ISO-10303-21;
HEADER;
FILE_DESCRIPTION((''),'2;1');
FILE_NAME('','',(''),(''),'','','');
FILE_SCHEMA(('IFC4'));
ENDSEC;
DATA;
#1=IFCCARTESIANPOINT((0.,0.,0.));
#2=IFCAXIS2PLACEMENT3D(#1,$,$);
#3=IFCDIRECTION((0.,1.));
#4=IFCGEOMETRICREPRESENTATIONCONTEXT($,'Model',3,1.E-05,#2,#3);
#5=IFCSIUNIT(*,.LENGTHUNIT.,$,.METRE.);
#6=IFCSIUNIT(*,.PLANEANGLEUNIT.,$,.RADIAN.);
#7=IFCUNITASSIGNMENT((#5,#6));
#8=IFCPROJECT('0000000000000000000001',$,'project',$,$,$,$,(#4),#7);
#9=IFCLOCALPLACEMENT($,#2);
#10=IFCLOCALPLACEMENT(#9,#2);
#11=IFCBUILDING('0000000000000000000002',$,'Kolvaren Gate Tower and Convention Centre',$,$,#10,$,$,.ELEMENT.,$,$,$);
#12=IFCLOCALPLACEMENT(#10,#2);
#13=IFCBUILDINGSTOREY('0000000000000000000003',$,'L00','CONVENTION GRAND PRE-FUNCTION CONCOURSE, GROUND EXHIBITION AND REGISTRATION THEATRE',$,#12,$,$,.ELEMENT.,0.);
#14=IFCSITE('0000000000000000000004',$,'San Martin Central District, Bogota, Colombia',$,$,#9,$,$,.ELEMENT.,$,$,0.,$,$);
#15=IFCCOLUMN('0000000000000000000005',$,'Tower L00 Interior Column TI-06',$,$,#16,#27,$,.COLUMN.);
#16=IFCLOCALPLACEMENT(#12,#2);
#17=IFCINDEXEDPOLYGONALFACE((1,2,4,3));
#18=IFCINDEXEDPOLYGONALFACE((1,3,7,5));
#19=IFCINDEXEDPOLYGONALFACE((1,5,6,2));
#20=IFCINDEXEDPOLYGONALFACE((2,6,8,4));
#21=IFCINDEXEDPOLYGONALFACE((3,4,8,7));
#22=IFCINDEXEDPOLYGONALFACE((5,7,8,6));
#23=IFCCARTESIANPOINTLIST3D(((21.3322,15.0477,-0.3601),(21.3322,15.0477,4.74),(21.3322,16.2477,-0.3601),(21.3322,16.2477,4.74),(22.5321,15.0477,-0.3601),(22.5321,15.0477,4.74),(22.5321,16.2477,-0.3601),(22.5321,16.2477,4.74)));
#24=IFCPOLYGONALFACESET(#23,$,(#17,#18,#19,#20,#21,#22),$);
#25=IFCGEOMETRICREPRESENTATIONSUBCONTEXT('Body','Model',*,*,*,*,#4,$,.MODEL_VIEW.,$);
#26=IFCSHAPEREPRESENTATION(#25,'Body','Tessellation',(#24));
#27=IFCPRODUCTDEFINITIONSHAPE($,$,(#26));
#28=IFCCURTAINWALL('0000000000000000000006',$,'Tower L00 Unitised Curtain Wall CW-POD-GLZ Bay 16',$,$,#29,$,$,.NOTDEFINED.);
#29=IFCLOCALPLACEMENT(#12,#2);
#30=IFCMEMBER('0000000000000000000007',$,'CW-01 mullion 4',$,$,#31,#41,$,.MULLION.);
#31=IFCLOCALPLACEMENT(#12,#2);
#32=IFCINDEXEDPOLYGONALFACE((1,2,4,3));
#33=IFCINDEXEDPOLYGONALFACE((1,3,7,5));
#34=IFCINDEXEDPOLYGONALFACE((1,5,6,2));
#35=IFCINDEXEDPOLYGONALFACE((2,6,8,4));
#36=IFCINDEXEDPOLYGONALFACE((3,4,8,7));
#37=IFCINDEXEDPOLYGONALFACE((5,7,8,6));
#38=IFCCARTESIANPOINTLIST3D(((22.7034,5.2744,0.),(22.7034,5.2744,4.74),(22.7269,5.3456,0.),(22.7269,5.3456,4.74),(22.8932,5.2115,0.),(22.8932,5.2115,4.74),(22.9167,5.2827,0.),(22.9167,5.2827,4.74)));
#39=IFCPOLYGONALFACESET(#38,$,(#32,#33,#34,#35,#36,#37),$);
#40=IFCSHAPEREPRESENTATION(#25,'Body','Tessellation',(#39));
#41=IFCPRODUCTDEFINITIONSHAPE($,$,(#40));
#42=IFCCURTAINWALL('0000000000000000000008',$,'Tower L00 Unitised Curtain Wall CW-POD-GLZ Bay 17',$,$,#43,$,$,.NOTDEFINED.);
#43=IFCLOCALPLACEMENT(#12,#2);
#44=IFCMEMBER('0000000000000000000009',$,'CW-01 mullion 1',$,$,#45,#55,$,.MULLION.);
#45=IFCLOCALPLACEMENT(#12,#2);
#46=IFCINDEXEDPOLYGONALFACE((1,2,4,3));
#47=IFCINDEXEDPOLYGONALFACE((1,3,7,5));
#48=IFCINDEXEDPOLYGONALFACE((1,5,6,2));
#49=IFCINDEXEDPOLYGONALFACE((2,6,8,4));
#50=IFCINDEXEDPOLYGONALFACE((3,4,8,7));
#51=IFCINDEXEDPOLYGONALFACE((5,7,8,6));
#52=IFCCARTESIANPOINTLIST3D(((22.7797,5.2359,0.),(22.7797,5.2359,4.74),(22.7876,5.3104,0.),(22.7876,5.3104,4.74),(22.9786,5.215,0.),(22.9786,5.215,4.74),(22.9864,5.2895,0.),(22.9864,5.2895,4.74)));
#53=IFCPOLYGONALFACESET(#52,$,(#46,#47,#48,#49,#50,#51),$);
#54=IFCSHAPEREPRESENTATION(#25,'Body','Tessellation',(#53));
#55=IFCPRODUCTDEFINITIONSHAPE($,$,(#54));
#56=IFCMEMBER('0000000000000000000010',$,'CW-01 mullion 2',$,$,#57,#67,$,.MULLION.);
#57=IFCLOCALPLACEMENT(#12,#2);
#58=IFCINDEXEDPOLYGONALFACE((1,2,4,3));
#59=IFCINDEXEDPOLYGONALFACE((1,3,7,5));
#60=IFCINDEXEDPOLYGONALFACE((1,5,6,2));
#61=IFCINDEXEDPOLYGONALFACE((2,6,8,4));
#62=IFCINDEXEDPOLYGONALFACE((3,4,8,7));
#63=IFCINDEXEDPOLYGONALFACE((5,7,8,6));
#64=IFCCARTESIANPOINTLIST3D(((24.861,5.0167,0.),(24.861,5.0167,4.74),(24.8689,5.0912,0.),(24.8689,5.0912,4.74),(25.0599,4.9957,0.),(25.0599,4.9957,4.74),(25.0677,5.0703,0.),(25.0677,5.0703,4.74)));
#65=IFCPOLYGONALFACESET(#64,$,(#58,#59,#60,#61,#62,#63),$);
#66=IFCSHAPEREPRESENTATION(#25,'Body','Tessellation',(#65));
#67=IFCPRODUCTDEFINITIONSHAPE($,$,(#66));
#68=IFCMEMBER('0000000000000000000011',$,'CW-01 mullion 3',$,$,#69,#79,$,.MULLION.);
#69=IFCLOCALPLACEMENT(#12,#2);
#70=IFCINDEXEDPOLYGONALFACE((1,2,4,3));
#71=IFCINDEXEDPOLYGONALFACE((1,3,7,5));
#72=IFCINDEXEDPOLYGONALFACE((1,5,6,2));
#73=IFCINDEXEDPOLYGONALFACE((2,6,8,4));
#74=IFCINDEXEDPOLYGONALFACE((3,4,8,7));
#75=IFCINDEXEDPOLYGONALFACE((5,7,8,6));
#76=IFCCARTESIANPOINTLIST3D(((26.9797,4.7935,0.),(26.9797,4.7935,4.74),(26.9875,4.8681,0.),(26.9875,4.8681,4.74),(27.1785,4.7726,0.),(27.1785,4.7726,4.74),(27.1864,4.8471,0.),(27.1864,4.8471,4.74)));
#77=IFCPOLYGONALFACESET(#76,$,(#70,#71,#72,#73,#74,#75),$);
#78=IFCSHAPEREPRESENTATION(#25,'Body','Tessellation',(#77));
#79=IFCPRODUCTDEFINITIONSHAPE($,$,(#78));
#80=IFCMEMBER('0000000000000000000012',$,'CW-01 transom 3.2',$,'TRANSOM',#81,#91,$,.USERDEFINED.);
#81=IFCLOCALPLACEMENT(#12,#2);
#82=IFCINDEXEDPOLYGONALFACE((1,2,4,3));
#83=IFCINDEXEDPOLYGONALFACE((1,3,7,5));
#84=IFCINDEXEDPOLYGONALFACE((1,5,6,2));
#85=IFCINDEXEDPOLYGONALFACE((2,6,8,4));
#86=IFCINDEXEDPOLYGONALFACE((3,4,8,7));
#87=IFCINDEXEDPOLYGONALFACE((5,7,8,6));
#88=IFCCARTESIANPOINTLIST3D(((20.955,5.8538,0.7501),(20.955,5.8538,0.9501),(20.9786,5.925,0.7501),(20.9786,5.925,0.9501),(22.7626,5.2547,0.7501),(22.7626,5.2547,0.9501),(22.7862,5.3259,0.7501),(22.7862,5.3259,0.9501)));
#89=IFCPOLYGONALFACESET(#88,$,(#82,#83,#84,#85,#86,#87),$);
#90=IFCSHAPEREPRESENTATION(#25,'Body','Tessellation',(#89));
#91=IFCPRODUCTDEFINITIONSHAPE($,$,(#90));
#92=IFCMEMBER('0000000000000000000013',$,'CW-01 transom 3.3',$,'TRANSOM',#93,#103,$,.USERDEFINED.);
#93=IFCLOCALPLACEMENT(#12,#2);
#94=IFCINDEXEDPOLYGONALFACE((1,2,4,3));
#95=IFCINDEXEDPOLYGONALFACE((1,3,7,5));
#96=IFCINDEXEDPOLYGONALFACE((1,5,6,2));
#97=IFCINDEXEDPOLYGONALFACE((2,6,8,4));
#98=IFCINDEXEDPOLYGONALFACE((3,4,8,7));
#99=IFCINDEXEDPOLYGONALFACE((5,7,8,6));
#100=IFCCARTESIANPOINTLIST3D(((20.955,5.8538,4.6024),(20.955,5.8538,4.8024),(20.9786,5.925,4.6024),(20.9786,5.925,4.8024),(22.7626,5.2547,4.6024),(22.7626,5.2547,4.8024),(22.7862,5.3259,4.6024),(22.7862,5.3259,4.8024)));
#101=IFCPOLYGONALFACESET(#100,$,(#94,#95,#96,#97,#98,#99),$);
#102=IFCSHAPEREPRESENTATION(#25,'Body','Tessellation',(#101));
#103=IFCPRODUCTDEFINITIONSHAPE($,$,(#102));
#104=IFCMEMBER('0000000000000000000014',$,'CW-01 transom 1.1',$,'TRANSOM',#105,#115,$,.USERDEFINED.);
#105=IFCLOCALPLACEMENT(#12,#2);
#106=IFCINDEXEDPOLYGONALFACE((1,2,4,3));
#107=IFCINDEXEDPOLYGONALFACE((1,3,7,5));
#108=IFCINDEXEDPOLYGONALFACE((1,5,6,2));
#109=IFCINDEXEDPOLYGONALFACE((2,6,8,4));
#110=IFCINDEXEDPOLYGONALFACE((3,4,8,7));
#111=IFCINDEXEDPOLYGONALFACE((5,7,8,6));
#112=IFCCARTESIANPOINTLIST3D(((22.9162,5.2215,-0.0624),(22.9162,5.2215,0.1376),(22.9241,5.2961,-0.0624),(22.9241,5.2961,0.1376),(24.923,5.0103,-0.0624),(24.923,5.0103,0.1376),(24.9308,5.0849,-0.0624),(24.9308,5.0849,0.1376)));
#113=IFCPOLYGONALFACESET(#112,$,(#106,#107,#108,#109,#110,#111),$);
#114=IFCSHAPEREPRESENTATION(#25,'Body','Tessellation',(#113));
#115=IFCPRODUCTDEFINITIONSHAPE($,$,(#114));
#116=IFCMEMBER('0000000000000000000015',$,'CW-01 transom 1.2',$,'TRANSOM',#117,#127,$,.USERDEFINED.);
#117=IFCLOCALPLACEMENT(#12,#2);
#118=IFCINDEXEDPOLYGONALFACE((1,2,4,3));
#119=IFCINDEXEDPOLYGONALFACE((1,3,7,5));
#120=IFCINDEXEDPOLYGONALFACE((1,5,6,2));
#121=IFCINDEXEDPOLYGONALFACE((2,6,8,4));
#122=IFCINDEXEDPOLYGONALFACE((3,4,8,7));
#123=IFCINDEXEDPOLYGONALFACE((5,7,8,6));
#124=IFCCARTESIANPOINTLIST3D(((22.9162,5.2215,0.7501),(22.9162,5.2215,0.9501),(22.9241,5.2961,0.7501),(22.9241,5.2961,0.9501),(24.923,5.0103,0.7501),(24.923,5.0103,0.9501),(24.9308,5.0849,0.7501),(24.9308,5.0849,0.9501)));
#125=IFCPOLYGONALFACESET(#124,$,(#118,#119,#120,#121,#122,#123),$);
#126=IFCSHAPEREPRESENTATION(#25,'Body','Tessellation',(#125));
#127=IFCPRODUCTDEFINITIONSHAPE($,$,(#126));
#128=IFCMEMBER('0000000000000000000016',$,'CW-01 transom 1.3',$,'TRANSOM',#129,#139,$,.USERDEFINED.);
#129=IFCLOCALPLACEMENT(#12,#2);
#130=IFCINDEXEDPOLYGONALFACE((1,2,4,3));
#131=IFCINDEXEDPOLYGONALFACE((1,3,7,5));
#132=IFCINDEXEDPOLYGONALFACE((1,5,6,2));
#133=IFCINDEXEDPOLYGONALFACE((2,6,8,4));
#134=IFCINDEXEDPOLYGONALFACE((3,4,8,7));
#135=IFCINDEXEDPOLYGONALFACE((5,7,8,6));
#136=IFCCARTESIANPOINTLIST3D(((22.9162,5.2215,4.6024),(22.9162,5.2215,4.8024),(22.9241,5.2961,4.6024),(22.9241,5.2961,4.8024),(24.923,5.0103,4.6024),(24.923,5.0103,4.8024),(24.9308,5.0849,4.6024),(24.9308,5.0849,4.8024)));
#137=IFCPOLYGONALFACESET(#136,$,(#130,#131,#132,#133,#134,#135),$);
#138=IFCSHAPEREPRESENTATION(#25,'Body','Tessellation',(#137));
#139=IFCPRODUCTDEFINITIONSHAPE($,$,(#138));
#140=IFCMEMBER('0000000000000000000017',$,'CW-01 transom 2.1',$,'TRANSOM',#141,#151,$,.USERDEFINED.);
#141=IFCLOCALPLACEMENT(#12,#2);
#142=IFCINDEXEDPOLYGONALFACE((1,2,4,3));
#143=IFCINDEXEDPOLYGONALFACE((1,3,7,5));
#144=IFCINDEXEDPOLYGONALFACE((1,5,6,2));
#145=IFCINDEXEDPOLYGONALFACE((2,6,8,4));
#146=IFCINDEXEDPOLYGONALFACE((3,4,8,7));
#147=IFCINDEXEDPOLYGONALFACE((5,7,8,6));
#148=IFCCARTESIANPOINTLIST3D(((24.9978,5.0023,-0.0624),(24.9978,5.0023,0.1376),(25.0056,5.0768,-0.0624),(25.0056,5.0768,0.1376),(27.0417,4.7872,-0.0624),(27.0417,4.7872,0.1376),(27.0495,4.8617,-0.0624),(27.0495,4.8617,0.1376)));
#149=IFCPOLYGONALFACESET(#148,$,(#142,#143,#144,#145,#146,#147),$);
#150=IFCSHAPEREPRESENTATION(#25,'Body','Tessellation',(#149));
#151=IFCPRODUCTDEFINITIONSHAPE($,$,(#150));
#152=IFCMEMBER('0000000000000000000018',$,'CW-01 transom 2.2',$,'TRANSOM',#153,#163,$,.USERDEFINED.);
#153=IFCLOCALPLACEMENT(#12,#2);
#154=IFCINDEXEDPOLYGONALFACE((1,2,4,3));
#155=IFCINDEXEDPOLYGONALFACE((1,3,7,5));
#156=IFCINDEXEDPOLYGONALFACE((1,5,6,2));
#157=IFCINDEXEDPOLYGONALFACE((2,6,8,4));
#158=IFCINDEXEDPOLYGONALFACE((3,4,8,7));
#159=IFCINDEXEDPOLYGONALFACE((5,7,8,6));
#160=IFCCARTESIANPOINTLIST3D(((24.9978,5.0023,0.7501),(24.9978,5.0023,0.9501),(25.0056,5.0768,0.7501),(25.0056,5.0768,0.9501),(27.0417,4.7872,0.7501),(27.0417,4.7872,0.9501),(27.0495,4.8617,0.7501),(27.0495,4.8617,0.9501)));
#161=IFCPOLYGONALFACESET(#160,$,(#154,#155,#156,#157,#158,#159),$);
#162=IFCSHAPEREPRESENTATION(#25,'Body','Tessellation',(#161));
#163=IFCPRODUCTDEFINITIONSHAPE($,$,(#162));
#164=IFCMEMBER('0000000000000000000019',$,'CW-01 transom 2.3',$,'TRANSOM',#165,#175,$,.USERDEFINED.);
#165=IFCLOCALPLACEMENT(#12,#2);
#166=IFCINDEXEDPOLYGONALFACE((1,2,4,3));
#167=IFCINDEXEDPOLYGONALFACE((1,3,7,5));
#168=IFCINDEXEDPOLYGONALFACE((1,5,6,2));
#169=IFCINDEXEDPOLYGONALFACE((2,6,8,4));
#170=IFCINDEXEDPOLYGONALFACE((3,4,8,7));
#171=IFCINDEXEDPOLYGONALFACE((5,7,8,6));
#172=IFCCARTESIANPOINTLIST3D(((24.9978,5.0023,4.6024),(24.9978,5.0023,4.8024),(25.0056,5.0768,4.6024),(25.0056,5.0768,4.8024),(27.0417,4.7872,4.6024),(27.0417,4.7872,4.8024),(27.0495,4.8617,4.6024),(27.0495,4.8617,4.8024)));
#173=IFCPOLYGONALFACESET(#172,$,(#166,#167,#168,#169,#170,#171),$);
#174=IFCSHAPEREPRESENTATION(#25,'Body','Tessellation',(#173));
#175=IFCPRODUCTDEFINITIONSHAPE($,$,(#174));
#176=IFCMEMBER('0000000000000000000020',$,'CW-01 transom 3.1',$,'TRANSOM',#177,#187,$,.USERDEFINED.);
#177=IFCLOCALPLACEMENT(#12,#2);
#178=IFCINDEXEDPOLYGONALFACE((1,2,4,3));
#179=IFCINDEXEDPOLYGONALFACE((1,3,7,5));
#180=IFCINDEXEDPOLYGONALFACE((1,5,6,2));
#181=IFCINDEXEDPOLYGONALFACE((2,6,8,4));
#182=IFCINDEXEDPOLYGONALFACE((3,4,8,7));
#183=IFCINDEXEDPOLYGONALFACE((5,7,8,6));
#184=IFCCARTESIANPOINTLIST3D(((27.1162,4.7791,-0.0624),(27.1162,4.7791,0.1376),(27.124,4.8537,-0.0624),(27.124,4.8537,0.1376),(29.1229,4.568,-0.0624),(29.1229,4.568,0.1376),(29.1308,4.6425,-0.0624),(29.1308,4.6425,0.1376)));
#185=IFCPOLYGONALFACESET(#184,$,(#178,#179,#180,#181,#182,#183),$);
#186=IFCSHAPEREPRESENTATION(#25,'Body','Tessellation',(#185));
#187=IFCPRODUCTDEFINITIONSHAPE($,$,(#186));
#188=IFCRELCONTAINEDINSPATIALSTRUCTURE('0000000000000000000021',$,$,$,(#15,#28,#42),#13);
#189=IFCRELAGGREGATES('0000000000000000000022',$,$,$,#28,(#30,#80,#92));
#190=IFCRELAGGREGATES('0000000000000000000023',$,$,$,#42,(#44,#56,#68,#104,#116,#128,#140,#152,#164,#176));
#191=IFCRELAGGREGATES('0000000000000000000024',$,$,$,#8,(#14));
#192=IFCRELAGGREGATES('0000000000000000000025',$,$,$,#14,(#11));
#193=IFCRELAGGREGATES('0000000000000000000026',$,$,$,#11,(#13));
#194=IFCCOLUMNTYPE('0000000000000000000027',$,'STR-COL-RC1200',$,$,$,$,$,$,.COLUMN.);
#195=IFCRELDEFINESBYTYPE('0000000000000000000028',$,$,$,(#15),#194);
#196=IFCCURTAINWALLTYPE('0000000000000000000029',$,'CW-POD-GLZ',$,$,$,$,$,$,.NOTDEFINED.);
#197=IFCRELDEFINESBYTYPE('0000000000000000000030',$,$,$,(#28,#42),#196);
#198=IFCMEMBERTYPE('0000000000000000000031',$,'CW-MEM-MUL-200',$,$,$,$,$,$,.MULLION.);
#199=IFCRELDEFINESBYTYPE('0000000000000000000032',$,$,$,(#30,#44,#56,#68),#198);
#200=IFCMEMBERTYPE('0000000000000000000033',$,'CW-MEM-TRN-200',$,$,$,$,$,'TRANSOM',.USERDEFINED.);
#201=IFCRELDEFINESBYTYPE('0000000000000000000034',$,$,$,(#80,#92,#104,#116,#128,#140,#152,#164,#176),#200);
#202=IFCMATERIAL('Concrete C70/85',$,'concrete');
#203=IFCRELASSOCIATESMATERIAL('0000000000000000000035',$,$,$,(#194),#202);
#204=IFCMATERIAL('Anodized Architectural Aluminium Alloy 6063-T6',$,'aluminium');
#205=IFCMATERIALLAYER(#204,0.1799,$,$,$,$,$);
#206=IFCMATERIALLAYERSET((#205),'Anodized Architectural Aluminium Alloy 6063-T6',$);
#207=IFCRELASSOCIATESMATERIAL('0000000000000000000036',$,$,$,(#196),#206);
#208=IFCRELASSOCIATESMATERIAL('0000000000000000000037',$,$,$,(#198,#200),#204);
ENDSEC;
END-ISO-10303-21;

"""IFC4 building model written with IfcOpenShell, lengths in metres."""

from ifc_helpers import new_model, si_unit, direction, frame, origin, origin_2d, place, context, subcontext, project, spatial, rectangle, extrude, material, layer, layer_set, material_profile, profile_set, type_object, element, aggregate, save


model = new_model("IFC4")

# Units and contexts
model_context = context("Model", 3, precision=1e-05, world=origin(), true_north=direction((0.0, 1.0)))
body_context = subcontext(model_context, "Body", "Model", "MODEL_VIEW")
ifc_project = project(units=[si_unit("LENGTHUNIT", "METRE"), si_unit("PLANEANGLEUNIT", "RADIAN")], contexts=[model_context])

# Site, building, storey
site_placement = place(None, origin())
site = spatial("IfcSite", under=ifc_project, at=site_placement, Name="San Martin Central District, Bogota, Colombia", CompositionType="ELEMENT", RefElevation=0.0)
building_placement = place(site_placement, origin())
building = spatial("IfcBuilding", under=site, at=building_placement, Name="Kolvaren Gate Tower and Convention Centre", CompositionType="ELEMENT")
storey_placement = place(building_placement, origin())
storey = spatial("IfcBuildingStorey", under=building, at=storey_placement, Name="L00", Description="CONVENTION GRAND PRE-FUNCTION CONCOURSE, GROUND EXHIBITION AND REGISTRATION THEATRE", CompositionType="ELEMENT", Elevation=0.0)

# Column
ifc_material_1 = material(Name="Concrete C70/85", Category="concrete")
ifc_material_profile_1 = material_profile(ifc_material_1, rectangle(XDim=1.2, YDim=1.2, at=origin_2d()), Name="RC-COL-1200X1200")
ifc_profile_set_1 = profile_set([ifc_material_profile_1], Name="Concrete C70/85")
column_type = type_object("IfcColumnType", Name="STR-COL-RC1200", PredefinedType="COLUMN", material=ifc_profile_set_1)
column_placement = place(storey_placement, frame((21.9321, 15.6477, -0.3601), z_axis=(0.0, 0.0, 1.0), x_axis=(1.0, 0.0, 0.0)))
element("IfcColumn", 1, at=column_placement, inside=storey, type_object=column_type, Name="Tower L00 Interior Column TI-06", PredefinedType="COLUMN", context=body_context, shape_type="SweptSolid", body=[
    extrude(rectangle(XDim=1.2, YDim=1.2, at=origin_2d()), origin(), (0.0, 0.0, 1.0), 5.1001),
])

# Curtain wall, member
ifc_material_2 = material(Name="Anodized Architectural Aluminium Alloy 6063-T6", Category="aluminium")
ifc_layer_1 = layer(ifc_material_2, 0.1799)
ifc_layer_set_1 = layer_set([ifc_layer_1], Name="Anodized Architectural Aluminium Alloy 6063-T6")
curtain_wall_type = type_object("IfcCurtainWallType", Name="CW-POD-GLZ", PredefinedType="NOTDEFINED", material=ifc_layer_set_1)
curtain_wall_1_placement = place(storey_placement, origin())
curtain_wall_1 = element("IfcCurtainWall", 2, at=curtain_wall_1_placement, inside=storey, type_object=curtain_wall_type, Name="Tower L00 Unitised Curtain Wall CW-POD-GLZ Bay 16", PredefinedType="NOTDEFINED")
ifc_material_profile_2 = material_profile(ifc_material_2, rectangle(XDim=0.075, YDim=0.2, at=origin_2d()), Name="CW-MEM-MUL-200")
ifc_profile_set_2 = profile_set([ifc_material_profile_2], Name="Anodized Architectural Aluminium Alloy 6063-T6")
member_type_1 = type_object("IfcMemberType", Name="CW-MEM-MUL-200", PredefinedType="MULLION", material=ifc_profile_set_2)
member_1_placement = place(storey_placement, frame((22.8101, 5.2786, 0.0), z_axis=(0.0, 0.0, 1.0), x_axis=(0.314547, 0.949242, 0.0)))
member_1 = element("IfcMember", 3, at=member_1_placement, type_object=member_type_1, Name="CW-01 mullion 4", PredefinedType="MULLION", context=body_context, shape_type="SweptSolid", body=[
    extrude(rectangle(XDim=0.075, YDim=0.2, at=origin_2d()), origin(), (0.0, 0.0, 1.0), 4.74),
])

# Curtain wall, members
curtain_wall_2_placement = place(storey_placement, origin())
curtain_wall_2 = element("IfcCurtainWall", 4, at=curtain_wall_2_placement, inside=storey, type_object=curtain_wall_type, Name="Tower L00 Unitised Curtain Wall CW-POD-GLZ Bay 17", PredefinedType="NOTDEFINED")
member_2_placement = place(storey_placement, frame((22.8831, 5.2627, 0.0), z_axis=(0.0, 0.0, 1.0), x_axis=(0.104742, 0.994499, 0.0)))
member_2 = element("IfcMember", 5, at=member_2_placement, type_object=member_type_1, Name="CW-01 mullion 1", PredefinedType="MULLION", context=body_context, shape_type="SweptSolid", body=[
    extrude(rectangle(XDim=0.075, YDim=0.2, at=origin_2d()), origin(), (0.0, 0.0, 1.0), 4.74),
])
member_3_placement = place(storey_placement, frame((24.9644, 5.0435, 0.0), z_axis=(0.0, 0.0, 1.0), x_axis=(0.104742, 0.994499, 0.0)))
member_3 = element("IfcMember", 6, at=member_3_placement, type_object=member_type_1, Name="CW-01 mullion 2", PredefinedType="MULLION", context=body_context, shape_type="SweptSolid", body=[
    extrude(rectangle(XDim=0.075, YDim=0.2, at=origin_2d()), origin(), (0.0, 0.0, 1.0), 4.74),
])
member_4_placement = place(storey_placement, frame((27.083, 4.8203, 0.0), z_axis=(0.0, 0.0, 1.0), x_axis=(0.104742, 0.994499, 0.0)))
member_4 = element("IfcMember", 7, at=member_4_placement, type_object=member_type_1, Name="CW-01 mullion 3", PredefinedType="MULLION", context=body_context, shape_type="SweptSolid", body=[
    extrude(rectangle(XDim=0.075, YDim=0.2, at=origin_2d()), origin(), (0.0, 0.0, 1.0), 4.74),
])

# Members
ifc_material_profile_3 = material_profile(ifc_material_2, rectangle(XDim=0.075, YDim=0.2, at=origin_2d()), Name="CW-MEM-TRN-200")
ifc_profile_set_3 = profile_set([ifc_material_profile_3], Name="Anodized Architectural Aluminium Alloy 6063-T6")
member_type_2 = type_object("IfcMemberType", Name="CW-MEM-TRN-200", ElementType="TRANSOM", PredefinedType="USERDEFINED", material=ifc_profile_set_3)
member_5_placement = place(storey_placement, frame((20.9668, 5.8894, 0.8501), z_axis=(0.94922, -0.314612, 0.0), x_axis=(0.314612, 0.94922, 0.0)))
member_5 = element("IfcMember", 8, at=member_5_placement, type_object=member_type_2, Name="CW-01 transom 3.2", ObjectType="TRANSOM", PredefinedType="USERDEFINED", context=body_context, shape_type="SweptSolid", body=[
    extrude(rectangle(XDim=0.075, YDim=0.2, at=origin_2d()), origin(), (0.0, 0.0, 1.0), 1.9043),
])
member_6_placement = place(storey_placement, frame((20.9668, 5.8894, 4.7024), z_axis=(0.94922, -0.314612, 0.0), x_axis=(0.314612, 0.94922, 0.0)))
member_6 = element("IfcMember", 9, at=member_6_placement, type_object=member_type_2, Name="CW-01 transom 3.3", ObjectType="TRANSOM", PredefinedType="USERDEFINED", context=body_context, shape_type="SweptSolid", body=[
    extrude(rectangle(XDim=0.075, YDim=0.2, at=origin_2d()), origin(), (0.0, 0.0, 1.0), 1.9043),
])
member_7_placement = place(storey_placement, frame((22.9202, 5.2588, 0.0376), z_axis=(0.994509, -0.104653, 0.0), x_axis=(0.104653, 0.994509, 0.0)))
member_7 = element("IfcMember", 10, at=member_7_placement, type_object=member_type_2, Name="CW-01 transom 1.1", ObjectType="TRANSOM", PredefinedType="USERDEFINED", context=body_context, shape_type="SweptSolid", body=[
    extrude(rectangle(XDim=0.075, YDim=0.2, at=origin_2d()), origin(), (0.0, 0.0, 1.0), 2.0178),
])
member_8_placement = place(storey_placement, frame((22.9202, 5.2588, 0.8501), z_axis=(0.994509, -0.104653, 0.0), x_axis=(0.104653, 0.994509, 0.0)))
member_8 = element("IfcMember", 11, at=member_8_placement, type_object=member_type_2, Name="CW-01 transom 1.2", ObjectType="TRANSOM", PredefinedType="USERDEFINED", context=body_context, shape_type="SweptSolid", body=[
    extrude(rectangle(XDim=0.075, YDim=0.2, at=origin_2d()), origin(), (0.0, 0.0, 1.0), 2.0178),
])
member_9_placement = place(storey_placement, frame((22.9202, 5.2588, 4.7024), z_axis=(0.994509, -0.104653, 0.0), x_axis=(0.104653, 0.994509, 0.0)))
member_9 = element("IfcMember", 12, at=member_9_placement, type_object=member_type_2, Name="CW-01 transom 1.3", ObjectType="TRANSOM", PredefinedType="USERDEFINED", context=body_context, shape_type="SweptSolid", body=[
    extrude(rectangle(XDim=0.075, YDim=0.2, at=origin_2d()), origin(), (0.0, 0.0, 1.0), 2.0178),
])
member_10_placement = place(storey_placement, frame((25.0017, 5.0396, 0.0376), z_axis=(0.994509, -0.104654, 0.0), x_axis=(0.104654, 0.994509, 0.0)))
member_10 = element("IfcMember", 13, at=member_10_placement, type_object=member_type_2, Name="CW-01 transom 2.1", ObjectType="TRANSOM", PredefinedType="USERDEFINED", context=body_context, shape_type="SweptSolid", body=[
    extrude(rectangle(XDim=0.075, YDim=0.2, at=origin_2d()), origin(), (0.0, 0.0, 1.0), 2.0552),
])
member_11_placement = place(storey_placement, frame((25.0017, 5.0396, 0.8501), z_axis=(0.994509, -0.104654, 0.0), x_axis=(0.104654, 0.994509, 0.0)))
member_11 = element("IfcMember", 14, at=member_11_placement, type_object=member_type_2, Name="CW-01 transom 2.2", ObjectType="TRANSOM", PredefinedType="USERDEFINED", context=body_context, shape_type="SweptSolid", body=[
    extrude(rectangle(XDim=0.075, YDim=0.2, at=origin_2d()), origin(), (0.0, 0.0, 1.0), 2.0552),
])
member_12_placement = place(storey_placement, frame((25.0017, 5.0396, 4.7024), z_axis=(0.994509, -0.104654, 0.0), x_axis=(0.104654, 0.994509, 0.0)))
member_12 = element("IfcMember", 15, at=member_12_placement, type_object=member_type_2, Name="CW-01 transom 2.3", ObjectType="TRANSOM", PredefinedType="USERDEFINED", context=body_context, shape_type="SweptSolid", body=[
    extrude(rectangle(XDim=0.075, YDim=0.2, at=origin_2d()), origin(), (0.0, 0.0, 1.0), 2.0552),
])
member_13_placement = place(storey_placement, frame((27.1201, 4.8164, 0.0376), z_axis=(0.994509, -0.104653, 0.0), x_axis=(0.104653, 0.994509, 0.0)))
member_13 = element("IfcMember", 16, at=member_13_placement, type_object=member_type_2, Name="CW-01 transom 3.1", ObjectType="TRANSOM", PredefinedType="USERDEFINED", context=body_context, shape_type="SweptSolid", body=[
    extrude(rectangle(XDim=0.075, YDim=0.2, at=origin_2d()), origin(), (0.0, 0.0, 1.0), 2.0178),
])

aggregate(curtain_wall_1, [member_1, member_5, member_6])
aggregate(curtain_wall_2, [member_2, member_3, member_4, member_7, member_8, member_9, member_10, member_11, member_12, member_13])

save(model, "model.ifc")
